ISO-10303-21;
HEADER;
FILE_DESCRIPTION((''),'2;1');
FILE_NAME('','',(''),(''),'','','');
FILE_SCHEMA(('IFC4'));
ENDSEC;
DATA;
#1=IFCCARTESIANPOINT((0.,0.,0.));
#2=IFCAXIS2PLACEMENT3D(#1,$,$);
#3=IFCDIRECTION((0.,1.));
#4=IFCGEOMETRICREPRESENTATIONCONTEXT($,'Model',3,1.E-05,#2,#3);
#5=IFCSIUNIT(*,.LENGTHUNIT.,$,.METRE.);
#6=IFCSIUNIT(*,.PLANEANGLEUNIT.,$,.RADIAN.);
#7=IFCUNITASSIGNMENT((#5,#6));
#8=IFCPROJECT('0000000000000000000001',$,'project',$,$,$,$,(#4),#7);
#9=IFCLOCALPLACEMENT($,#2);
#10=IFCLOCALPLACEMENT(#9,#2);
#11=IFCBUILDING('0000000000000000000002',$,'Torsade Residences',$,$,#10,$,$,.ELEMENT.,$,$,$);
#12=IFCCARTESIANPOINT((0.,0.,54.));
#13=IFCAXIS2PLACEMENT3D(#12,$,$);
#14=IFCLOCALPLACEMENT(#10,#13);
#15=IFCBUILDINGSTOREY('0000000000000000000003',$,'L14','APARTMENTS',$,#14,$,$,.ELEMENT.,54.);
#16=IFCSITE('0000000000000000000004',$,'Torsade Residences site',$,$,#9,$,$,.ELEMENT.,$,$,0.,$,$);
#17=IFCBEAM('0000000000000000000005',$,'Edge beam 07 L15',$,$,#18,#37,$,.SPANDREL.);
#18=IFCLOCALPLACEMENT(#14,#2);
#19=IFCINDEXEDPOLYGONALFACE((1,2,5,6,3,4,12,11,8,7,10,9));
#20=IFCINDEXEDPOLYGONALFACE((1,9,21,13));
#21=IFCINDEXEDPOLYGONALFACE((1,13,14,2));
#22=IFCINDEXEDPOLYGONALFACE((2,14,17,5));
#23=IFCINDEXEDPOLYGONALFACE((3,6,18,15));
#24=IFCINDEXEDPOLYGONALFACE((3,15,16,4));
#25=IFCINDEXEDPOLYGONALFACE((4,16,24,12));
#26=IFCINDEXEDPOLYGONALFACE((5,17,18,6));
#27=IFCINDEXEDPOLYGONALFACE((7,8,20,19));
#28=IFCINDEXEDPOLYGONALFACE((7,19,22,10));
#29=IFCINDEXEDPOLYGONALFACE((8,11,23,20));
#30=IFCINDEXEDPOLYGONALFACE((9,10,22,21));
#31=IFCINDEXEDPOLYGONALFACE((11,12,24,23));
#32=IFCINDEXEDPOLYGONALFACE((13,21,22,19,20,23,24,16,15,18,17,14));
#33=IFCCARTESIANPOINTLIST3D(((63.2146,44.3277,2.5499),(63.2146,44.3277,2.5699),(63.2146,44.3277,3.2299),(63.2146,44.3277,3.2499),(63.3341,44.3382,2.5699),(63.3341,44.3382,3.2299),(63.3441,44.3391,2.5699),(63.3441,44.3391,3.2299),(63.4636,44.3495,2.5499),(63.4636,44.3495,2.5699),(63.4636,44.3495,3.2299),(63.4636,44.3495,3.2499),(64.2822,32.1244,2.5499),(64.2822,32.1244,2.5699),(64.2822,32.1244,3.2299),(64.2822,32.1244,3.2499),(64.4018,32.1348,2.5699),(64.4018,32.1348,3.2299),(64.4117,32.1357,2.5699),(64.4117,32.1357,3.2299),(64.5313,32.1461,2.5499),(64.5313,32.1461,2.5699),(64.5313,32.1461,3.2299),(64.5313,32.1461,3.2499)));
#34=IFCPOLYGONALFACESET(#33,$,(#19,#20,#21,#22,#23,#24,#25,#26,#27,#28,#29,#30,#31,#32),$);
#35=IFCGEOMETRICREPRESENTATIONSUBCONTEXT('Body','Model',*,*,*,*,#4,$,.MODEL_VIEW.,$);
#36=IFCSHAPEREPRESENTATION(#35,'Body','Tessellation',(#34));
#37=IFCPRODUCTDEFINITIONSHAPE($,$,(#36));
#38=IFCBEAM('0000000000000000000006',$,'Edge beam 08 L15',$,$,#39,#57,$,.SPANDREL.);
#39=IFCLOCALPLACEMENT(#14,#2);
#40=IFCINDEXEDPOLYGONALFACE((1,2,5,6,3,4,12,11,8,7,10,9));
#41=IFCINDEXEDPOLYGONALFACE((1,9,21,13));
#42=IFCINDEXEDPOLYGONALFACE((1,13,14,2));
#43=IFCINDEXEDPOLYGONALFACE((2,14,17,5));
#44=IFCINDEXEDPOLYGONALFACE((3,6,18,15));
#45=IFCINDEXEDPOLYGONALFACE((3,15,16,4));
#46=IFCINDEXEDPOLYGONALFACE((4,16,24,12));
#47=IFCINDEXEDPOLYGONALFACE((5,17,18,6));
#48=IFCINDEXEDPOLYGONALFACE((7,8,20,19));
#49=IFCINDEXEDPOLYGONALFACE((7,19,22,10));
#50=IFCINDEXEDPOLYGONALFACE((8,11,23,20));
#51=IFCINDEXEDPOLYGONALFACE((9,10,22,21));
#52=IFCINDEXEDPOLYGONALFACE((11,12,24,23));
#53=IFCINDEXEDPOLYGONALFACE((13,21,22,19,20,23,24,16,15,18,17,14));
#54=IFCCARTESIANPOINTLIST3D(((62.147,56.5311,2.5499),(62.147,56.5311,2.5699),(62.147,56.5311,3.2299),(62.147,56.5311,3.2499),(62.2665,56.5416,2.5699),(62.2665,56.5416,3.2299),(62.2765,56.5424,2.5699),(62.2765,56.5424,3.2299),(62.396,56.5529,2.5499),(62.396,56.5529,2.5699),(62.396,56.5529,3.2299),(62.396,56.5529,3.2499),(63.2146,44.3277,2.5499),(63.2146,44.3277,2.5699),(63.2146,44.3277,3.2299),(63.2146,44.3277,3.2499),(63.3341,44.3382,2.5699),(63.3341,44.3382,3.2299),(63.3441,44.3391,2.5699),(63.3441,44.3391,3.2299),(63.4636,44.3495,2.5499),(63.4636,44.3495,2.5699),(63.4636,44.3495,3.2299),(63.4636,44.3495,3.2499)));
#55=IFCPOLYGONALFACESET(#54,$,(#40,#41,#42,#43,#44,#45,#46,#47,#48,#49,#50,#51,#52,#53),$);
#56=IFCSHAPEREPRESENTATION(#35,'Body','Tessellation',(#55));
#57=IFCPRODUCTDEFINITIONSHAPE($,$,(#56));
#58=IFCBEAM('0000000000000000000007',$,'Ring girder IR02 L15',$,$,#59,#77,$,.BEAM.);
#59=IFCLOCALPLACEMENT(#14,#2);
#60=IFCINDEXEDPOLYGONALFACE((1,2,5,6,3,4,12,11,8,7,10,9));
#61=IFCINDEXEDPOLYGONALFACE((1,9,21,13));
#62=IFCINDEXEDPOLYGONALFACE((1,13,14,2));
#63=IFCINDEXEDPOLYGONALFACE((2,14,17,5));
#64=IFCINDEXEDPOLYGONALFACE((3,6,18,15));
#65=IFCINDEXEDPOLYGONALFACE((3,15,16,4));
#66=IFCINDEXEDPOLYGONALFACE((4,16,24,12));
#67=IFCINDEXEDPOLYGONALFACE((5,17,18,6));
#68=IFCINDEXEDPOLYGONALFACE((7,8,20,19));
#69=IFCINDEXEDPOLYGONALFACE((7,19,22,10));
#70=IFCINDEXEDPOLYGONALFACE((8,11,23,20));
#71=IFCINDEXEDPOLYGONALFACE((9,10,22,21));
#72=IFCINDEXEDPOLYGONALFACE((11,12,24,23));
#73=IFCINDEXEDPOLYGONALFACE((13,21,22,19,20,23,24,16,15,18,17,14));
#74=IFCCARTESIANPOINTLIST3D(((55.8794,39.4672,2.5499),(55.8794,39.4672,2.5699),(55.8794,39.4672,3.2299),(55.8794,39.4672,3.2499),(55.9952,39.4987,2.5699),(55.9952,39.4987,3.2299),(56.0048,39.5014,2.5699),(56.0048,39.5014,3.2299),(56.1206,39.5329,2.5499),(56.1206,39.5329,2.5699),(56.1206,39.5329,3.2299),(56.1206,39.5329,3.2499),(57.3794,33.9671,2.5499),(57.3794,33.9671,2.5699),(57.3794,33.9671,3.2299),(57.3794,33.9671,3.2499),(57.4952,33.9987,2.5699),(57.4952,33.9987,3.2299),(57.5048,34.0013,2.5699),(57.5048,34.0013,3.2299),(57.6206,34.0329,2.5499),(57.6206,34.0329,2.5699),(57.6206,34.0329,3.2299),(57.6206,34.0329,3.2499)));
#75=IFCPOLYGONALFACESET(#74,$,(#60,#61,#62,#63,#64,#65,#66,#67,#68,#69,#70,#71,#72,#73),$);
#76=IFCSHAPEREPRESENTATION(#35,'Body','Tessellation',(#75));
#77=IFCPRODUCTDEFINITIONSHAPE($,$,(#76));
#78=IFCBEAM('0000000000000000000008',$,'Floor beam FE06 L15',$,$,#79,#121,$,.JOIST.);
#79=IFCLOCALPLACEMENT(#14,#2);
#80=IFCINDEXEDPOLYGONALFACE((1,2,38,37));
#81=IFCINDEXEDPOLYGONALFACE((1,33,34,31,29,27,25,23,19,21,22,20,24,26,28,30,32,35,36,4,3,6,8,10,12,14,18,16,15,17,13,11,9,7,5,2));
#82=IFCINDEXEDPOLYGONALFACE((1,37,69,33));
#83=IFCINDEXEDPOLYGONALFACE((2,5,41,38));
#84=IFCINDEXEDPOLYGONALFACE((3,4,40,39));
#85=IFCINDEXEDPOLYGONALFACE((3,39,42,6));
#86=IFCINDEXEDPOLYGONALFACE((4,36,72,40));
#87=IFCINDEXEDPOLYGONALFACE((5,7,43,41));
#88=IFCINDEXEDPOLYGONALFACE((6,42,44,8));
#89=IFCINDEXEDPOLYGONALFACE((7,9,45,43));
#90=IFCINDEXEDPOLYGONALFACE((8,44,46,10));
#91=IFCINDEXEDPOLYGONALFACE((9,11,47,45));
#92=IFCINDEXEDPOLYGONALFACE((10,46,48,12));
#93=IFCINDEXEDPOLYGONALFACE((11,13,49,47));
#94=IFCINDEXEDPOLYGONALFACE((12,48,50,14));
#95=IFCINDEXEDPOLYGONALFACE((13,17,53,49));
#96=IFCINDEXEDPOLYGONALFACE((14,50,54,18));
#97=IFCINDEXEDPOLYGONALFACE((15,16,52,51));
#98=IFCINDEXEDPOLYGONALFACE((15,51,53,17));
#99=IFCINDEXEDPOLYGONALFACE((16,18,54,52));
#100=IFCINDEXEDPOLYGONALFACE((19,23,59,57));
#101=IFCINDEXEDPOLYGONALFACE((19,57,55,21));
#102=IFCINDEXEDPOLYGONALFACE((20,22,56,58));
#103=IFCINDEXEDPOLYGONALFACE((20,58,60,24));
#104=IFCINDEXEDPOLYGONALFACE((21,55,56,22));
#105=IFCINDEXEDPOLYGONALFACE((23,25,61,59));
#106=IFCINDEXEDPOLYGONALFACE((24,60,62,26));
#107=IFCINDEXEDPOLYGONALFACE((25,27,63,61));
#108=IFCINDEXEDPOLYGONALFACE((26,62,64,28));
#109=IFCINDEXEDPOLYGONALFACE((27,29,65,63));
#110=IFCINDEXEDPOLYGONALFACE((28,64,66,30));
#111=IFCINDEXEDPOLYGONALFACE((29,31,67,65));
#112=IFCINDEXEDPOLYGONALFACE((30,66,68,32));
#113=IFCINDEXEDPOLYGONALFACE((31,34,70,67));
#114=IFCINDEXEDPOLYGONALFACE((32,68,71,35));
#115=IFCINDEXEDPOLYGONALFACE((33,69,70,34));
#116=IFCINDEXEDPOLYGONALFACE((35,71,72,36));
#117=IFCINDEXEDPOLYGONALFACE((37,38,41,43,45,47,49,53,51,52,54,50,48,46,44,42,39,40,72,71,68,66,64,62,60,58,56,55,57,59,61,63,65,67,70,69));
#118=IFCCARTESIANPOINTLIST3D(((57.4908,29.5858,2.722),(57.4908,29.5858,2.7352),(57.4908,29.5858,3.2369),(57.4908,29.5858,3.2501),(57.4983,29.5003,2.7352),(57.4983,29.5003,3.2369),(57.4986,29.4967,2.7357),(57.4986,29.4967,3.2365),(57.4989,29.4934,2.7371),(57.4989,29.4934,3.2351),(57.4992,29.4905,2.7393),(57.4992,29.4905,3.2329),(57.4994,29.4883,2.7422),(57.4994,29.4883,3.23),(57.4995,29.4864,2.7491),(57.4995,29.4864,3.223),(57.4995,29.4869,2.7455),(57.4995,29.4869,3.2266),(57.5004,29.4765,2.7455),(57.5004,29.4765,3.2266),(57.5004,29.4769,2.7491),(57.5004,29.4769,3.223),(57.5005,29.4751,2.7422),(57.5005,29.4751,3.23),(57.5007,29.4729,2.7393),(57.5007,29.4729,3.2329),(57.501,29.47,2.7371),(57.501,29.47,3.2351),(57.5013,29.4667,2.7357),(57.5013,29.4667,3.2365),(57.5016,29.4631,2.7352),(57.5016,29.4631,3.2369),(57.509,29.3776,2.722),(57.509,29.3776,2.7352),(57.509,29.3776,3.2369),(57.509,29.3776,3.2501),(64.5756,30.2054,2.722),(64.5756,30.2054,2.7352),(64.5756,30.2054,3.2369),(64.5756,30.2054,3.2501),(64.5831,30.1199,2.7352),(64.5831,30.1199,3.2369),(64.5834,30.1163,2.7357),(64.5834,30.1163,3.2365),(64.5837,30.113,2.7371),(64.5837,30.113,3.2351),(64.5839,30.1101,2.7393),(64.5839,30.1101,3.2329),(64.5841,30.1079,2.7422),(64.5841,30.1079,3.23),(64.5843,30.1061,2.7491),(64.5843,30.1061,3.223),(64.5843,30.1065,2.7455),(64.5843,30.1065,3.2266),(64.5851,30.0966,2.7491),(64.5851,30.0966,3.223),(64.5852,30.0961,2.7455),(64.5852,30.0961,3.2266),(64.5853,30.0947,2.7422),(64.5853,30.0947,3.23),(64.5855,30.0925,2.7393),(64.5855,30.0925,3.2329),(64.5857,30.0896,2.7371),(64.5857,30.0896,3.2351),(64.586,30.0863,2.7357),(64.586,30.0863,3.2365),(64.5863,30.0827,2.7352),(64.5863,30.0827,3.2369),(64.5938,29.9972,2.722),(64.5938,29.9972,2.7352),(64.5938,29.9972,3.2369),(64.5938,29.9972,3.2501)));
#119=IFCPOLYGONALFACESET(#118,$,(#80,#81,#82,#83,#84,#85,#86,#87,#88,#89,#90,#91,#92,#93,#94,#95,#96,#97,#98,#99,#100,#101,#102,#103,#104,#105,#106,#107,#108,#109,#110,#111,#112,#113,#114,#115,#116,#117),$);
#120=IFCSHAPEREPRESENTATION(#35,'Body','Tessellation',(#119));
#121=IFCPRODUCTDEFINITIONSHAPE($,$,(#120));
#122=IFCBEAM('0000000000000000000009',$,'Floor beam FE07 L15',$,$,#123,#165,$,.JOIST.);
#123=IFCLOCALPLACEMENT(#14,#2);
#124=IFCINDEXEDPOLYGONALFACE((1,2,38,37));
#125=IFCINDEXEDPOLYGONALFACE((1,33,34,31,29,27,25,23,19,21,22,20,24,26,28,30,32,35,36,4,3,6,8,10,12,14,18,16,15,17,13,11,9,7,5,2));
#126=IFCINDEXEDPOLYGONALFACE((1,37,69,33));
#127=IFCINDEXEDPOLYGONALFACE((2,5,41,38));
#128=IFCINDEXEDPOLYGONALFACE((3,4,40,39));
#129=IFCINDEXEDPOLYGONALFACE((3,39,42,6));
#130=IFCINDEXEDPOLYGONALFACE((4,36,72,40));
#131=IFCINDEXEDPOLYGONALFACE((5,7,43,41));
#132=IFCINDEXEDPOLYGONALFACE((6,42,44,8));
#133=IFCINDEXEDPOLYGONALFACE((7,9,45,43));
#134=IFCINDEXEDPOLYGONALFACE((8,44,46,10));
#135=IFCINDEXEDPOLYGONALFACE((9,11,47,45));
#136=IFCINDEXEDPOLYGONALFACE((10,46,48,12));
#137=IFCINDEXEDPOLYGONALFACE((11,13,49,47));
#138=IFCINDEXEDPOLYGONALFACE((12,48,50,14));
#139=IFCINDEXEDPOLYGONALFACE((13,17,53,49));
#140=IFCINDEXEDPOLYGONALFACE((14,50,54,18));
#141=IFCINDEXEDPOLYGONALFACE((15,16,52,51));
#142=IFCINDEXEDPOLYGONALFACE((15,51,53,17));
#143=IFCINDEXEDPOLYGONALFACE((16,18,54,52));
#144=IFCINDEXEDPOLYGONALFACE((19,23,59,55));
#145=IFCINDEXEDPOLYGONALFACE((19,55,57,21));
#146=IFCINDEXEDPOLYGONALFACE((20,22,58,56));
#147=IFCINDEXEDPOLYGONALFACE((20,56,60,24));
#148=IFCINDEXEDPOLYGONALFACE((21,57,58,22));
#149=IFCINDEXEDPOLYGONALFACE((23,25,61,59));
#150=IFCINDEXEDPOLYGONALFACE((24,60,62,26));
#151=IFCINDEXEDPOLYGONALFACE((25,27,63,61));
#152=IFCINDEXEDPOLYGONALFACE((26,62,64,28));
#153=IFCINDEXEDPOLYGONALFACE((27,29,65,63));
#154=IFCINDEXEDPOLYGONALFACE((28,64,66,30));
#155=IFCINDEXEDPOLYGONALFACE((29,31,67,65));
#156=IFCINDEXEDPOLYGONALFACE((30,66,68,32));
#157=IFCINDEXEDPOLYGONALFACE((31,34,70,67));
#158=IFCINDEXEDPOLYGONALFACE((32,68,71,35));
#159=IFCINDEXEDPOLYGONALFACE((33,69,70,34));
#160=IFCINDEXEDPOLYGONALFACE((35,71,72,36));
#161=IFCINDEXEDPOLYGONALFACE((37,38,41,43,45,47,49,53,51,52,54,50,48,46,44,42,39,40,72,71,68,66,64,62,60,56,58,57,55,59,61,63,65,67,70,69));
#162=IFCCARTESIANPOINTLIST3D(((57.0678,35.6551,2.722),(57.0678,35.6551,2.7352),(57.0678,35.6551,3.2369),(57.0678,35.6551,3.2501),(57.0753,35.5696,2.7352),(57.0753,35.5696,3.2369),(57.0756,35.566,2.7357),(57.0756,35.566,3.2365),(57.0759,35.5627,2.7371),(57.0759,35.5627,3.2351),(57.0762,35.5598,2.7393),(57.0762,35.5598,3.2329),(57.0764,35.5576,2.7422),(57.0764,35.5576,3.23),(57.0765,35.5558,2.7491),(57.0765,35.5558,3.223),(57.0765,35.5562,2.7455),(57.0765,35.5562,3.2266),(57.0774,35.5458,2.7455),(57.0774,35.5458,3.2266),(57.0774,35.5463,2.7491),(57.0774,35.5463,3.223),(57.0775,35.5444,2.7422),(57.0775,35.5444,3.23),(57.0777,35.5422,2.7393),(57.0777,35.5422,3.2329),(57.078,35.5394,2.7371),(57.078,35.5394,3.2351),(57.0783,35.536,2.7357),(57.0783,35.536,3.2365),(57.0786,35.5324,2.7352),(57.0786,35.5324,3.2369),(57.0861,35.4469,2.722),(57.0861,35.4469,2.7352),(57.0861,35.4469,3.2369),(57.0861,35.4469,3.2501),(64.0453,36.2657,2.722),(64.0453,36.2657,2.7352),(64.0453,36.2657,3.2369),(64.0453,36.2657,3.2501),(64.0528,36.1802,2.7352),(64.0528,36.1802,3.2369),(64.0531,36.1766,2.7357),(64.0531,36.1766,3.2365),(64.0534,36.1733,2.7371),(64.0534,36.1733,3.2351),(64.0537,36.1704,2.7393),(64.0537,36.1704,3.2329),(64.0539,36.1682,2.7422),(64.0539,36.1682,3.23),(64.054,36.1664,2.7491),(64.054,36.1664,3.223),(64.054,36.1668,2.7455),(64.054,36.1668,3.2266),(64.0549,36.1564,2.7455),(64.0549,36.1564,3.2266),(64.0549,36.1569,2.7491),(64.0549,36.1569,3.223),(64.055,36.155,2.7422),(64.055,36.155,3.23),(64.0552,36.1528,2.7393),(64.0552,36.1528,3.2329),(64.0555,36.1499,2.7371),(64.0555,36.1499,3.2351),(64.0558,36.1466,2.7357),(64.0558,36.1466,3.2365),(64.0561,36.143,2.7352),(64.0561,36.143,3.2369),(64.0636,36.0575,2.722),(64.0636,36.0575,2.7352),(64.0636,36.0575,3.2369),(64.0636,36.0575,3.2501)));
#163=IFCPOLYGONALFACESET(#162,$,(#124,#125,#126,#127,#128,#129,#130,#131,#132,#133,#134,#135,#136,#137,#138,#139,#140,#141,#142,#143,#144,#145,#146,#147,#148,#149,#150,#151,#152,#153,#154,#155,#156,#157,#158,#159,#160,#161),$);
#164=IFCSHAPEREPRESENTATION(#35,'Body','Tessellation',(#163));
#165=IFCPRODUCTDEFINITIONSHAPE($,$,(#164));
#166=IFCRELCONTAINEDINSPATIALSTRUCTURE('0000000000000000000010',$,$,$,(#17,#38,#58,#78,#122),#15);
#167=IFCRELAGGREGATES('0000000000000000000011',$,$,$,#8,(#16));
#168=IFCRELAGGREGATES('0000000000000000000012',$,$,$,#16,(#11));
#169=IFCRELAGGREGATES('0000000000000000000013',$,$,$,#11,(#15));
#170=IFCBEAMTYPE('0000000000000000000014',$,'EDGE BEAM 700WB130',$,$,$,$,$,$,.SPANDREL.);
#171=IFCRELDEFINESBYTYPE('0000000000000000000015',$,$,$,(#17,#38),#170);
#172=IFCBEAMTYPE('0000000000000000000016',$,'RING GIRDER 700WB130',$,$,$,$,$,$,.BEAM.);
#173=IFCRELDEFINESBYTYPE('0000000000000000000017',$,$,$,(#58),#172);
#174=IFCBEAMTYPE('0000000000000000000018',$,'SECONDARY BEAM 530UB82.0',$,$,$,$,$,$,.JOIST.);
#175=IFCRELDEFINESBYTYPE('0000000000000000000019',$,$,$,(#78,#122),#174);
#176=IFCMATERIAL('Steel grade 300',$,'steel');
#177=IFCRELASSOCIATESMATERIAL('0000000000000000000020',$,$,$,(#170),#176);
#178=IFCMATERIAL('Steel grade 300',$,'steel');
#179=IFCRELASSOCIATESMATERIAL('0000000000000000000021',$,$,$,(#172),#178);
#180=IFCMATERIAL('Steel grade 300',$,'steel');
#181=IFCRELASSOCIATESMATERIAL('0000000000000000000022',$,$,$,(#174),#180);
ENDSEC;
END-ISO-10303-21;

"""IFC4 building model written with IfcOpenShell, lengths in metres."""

from ifc_helpers import new_model, si_unit, direction, frame, origin, origin_2d, place, context, subcontext, project, spatial, i_section, extrude, material, material_profile, profile_set, type_object, element, save


model = new_model("IFC4")

# Units and contexts
model_context = context("Model", 3, precision=1e-05, world=origin(), true_north=direction((0.0, 1.0)))
body_context = subcontext(model_context, "Body", "Model", "MODEL_VIEW")
ifc_project = project(units=[si_unit("LENGTHUNIT", "METRE"), si_unit("PLANEANGLEUNIT", "RADIAN")], contexts=[model_context])

# Site, building, storey
site_placement = place(None, origin())
site = spatial("IfcSite", under=ifc_project, at=site_placement, Name="Torsade Residences site", CompositionType="ELEMENT", RefElevation=0.0)
building_placement = place(site_placement, origin())
building = spatial("IfcBuilding", under=site, at=building_placement, Name="Torsade Residences", CompositionType="ELEMENT")
storey_placement = place(building_placement, frame((0.0, 0.0, 54.0)))
storey = spatial("IfcBuildingStorey", under=building, at=storey_placement, Name="L14", Description="APARTMENTS", CompositionType="ELEMENT", Elevation=54.0)

# Beams
ifc_material_1 = material(Name="Steel grade 300", Category="steel")
ifc_material_profile_1 = material_profile(ifc_material_1, i_section(OverallWidth=0.25, OverallDepth=0.7, WebThickness=0.01, FlangeThickness=0.02, at=origin_2d()), Name="700WB130")
ifc_profile_set_1 = profile_set([ifc_material_profile_1], Name="Steel grade 300")
beam_type_1 = type_object("IfcBeamType", Name="EDGE BEAM 700WB130", PredefinedType="SPANDREL", material=ifc_profile_set_1)
for number, where, z_axis, x_axis, name in (
    (1, (64.4067, 32.1353, 2.8999), (-0.087153, 0.996195, 0.0), (-0.996195, -0.087153, 0.0), "Edge beam 07 L15"),
    (2, (63.3391, 44.3386, 2.8999), (-0.087153, 0.996195, 0.0), (-0.996195, -0.087153, 0.0), "Edge beam 08 L15"),
):
    element("IfcBeam", number, at=place(storey_placement, frame(where, z_axis=z_axis, x_axis=x_axis)), inside=storey, type_object=beam_type_1, Name=name, PredefinedType="SPANDREL", context=body_context, shape_type="SweptSolid", body=[
        extrude(i_section(OverallWidth=0.25, OverallDepth=0.7, WebThickness=0.01, FlangeThickness=0.02, at=origin_2d()), origin(), (0.0, 0.0, 1.0), 12.25),
    ])
ifc_material_2 = material(Name="Steel grade 300", Category="steel")
ifc_material_profile_2 = material_profile(ifc_material_2, i_section(OverallWidth=0.25, OverallDepth=0.7, WebThickness=0.01, FlangeThickness=0.02, at=origin_2d()), Name="700WB130")
ifc_profile_set_2 = profile_set([ifc_material_profile_2], Name="Steel grade 300")
beam_type_2 = type_object("IfcBeamType", Name="RING GIRDER 700WB130", PredefinedType="BEAM", material=ifc_profile_set_2)
beam_1_placement = place(storey_placement, frame((57.5, 34.0, 2.8999), z_axis=(-0.263117, 0.964764, 0.0), x_axis=(-0.964764, -0.263117, 0.0)))
element("IfcBeam", 3, at=beam_1_placement, inside=storey, type_object=beam_type_2, Name="Ring girder IR02 L15", PredefinedType="BEAM", context=body_context, shape_type="SweptSolid", body=[
    extrude(i_section(OverallWidth=0.25, OverallDepth=0.7, WebThickness=0.01, FlangeThickness=0.02, at=origin_2d()), origin(), (0.0, 0.0, 1.0), 5.7009),
])
ifc_material_3 = material(Name="Steel grade 300", Category="steel")
ifc_material_profile_3 = material_profile(ifc_material_3, i_section(OverallWidth=0.209, OverallDepth=0.5281, WebThickness=0.0095, FlangeThickness=0.0132, FilletRadius=0.0139, at=origin_2d()), Name="530UB82.0")
ifc_profile_set_3 = profile_set([ifc_material_profile_3], Name="Steel grade 300")
beam_type_3 = type_object("IfcBeamType", Name="SECONDARY BEAM 530UB82.0", PredefinedType="JOIST", material=ifc_profile_set_3)
beam_2_placement = place(storey_placement, frame((64.5847, 30.1013, 2.9861), z_axis=(-0.996197, -0.087127, 0.0), x_axis=(0.087127, -0.996197, 0.0)))
element("IfcBeam", 4, at=beam_2_placement, inside=storey, type_object=beam_type_3, Name="Floor beam FE06 L15", PredefinedType="JOIST", context=body_context, shape_type="SweptSolid", body=[
    extrude(i_section(OverallWidth=0.209, OverallDepth=0.5281, WebThickness=0.0095, FlangeThickness=0.0132, FilletRadius=0.0139, at=origin_2d()), origin(), (0.0, 0.0, 1.0), 7.1118),
])
beam_3_placement = place(storey_placement, frame((64.0544, 36.1616, 2.9861), z_axis=(-0.996193, -0.087176, 0.0), x_axis=(0.087176, -0.996193, 0.0)))
element("IfcBeam", 5, at=beam_3_placement, inside=storey, type_object=beam_type_3, Name="Floor beam FE07 L15", PredefinedType="JOIST", context=body_context, shape_type="SweptSolid", body=[
    extrude(i_section(OverallWidth=0.209, OverallDepth=0.5281, WebThickness=0.0095, FlangeThickness=0.0132, FilletRadius=0.0139, at=origin_2d()), origin(), (0.0, 0.0, 1.0), 7.0042),
])

save(model, "model.ifc")
